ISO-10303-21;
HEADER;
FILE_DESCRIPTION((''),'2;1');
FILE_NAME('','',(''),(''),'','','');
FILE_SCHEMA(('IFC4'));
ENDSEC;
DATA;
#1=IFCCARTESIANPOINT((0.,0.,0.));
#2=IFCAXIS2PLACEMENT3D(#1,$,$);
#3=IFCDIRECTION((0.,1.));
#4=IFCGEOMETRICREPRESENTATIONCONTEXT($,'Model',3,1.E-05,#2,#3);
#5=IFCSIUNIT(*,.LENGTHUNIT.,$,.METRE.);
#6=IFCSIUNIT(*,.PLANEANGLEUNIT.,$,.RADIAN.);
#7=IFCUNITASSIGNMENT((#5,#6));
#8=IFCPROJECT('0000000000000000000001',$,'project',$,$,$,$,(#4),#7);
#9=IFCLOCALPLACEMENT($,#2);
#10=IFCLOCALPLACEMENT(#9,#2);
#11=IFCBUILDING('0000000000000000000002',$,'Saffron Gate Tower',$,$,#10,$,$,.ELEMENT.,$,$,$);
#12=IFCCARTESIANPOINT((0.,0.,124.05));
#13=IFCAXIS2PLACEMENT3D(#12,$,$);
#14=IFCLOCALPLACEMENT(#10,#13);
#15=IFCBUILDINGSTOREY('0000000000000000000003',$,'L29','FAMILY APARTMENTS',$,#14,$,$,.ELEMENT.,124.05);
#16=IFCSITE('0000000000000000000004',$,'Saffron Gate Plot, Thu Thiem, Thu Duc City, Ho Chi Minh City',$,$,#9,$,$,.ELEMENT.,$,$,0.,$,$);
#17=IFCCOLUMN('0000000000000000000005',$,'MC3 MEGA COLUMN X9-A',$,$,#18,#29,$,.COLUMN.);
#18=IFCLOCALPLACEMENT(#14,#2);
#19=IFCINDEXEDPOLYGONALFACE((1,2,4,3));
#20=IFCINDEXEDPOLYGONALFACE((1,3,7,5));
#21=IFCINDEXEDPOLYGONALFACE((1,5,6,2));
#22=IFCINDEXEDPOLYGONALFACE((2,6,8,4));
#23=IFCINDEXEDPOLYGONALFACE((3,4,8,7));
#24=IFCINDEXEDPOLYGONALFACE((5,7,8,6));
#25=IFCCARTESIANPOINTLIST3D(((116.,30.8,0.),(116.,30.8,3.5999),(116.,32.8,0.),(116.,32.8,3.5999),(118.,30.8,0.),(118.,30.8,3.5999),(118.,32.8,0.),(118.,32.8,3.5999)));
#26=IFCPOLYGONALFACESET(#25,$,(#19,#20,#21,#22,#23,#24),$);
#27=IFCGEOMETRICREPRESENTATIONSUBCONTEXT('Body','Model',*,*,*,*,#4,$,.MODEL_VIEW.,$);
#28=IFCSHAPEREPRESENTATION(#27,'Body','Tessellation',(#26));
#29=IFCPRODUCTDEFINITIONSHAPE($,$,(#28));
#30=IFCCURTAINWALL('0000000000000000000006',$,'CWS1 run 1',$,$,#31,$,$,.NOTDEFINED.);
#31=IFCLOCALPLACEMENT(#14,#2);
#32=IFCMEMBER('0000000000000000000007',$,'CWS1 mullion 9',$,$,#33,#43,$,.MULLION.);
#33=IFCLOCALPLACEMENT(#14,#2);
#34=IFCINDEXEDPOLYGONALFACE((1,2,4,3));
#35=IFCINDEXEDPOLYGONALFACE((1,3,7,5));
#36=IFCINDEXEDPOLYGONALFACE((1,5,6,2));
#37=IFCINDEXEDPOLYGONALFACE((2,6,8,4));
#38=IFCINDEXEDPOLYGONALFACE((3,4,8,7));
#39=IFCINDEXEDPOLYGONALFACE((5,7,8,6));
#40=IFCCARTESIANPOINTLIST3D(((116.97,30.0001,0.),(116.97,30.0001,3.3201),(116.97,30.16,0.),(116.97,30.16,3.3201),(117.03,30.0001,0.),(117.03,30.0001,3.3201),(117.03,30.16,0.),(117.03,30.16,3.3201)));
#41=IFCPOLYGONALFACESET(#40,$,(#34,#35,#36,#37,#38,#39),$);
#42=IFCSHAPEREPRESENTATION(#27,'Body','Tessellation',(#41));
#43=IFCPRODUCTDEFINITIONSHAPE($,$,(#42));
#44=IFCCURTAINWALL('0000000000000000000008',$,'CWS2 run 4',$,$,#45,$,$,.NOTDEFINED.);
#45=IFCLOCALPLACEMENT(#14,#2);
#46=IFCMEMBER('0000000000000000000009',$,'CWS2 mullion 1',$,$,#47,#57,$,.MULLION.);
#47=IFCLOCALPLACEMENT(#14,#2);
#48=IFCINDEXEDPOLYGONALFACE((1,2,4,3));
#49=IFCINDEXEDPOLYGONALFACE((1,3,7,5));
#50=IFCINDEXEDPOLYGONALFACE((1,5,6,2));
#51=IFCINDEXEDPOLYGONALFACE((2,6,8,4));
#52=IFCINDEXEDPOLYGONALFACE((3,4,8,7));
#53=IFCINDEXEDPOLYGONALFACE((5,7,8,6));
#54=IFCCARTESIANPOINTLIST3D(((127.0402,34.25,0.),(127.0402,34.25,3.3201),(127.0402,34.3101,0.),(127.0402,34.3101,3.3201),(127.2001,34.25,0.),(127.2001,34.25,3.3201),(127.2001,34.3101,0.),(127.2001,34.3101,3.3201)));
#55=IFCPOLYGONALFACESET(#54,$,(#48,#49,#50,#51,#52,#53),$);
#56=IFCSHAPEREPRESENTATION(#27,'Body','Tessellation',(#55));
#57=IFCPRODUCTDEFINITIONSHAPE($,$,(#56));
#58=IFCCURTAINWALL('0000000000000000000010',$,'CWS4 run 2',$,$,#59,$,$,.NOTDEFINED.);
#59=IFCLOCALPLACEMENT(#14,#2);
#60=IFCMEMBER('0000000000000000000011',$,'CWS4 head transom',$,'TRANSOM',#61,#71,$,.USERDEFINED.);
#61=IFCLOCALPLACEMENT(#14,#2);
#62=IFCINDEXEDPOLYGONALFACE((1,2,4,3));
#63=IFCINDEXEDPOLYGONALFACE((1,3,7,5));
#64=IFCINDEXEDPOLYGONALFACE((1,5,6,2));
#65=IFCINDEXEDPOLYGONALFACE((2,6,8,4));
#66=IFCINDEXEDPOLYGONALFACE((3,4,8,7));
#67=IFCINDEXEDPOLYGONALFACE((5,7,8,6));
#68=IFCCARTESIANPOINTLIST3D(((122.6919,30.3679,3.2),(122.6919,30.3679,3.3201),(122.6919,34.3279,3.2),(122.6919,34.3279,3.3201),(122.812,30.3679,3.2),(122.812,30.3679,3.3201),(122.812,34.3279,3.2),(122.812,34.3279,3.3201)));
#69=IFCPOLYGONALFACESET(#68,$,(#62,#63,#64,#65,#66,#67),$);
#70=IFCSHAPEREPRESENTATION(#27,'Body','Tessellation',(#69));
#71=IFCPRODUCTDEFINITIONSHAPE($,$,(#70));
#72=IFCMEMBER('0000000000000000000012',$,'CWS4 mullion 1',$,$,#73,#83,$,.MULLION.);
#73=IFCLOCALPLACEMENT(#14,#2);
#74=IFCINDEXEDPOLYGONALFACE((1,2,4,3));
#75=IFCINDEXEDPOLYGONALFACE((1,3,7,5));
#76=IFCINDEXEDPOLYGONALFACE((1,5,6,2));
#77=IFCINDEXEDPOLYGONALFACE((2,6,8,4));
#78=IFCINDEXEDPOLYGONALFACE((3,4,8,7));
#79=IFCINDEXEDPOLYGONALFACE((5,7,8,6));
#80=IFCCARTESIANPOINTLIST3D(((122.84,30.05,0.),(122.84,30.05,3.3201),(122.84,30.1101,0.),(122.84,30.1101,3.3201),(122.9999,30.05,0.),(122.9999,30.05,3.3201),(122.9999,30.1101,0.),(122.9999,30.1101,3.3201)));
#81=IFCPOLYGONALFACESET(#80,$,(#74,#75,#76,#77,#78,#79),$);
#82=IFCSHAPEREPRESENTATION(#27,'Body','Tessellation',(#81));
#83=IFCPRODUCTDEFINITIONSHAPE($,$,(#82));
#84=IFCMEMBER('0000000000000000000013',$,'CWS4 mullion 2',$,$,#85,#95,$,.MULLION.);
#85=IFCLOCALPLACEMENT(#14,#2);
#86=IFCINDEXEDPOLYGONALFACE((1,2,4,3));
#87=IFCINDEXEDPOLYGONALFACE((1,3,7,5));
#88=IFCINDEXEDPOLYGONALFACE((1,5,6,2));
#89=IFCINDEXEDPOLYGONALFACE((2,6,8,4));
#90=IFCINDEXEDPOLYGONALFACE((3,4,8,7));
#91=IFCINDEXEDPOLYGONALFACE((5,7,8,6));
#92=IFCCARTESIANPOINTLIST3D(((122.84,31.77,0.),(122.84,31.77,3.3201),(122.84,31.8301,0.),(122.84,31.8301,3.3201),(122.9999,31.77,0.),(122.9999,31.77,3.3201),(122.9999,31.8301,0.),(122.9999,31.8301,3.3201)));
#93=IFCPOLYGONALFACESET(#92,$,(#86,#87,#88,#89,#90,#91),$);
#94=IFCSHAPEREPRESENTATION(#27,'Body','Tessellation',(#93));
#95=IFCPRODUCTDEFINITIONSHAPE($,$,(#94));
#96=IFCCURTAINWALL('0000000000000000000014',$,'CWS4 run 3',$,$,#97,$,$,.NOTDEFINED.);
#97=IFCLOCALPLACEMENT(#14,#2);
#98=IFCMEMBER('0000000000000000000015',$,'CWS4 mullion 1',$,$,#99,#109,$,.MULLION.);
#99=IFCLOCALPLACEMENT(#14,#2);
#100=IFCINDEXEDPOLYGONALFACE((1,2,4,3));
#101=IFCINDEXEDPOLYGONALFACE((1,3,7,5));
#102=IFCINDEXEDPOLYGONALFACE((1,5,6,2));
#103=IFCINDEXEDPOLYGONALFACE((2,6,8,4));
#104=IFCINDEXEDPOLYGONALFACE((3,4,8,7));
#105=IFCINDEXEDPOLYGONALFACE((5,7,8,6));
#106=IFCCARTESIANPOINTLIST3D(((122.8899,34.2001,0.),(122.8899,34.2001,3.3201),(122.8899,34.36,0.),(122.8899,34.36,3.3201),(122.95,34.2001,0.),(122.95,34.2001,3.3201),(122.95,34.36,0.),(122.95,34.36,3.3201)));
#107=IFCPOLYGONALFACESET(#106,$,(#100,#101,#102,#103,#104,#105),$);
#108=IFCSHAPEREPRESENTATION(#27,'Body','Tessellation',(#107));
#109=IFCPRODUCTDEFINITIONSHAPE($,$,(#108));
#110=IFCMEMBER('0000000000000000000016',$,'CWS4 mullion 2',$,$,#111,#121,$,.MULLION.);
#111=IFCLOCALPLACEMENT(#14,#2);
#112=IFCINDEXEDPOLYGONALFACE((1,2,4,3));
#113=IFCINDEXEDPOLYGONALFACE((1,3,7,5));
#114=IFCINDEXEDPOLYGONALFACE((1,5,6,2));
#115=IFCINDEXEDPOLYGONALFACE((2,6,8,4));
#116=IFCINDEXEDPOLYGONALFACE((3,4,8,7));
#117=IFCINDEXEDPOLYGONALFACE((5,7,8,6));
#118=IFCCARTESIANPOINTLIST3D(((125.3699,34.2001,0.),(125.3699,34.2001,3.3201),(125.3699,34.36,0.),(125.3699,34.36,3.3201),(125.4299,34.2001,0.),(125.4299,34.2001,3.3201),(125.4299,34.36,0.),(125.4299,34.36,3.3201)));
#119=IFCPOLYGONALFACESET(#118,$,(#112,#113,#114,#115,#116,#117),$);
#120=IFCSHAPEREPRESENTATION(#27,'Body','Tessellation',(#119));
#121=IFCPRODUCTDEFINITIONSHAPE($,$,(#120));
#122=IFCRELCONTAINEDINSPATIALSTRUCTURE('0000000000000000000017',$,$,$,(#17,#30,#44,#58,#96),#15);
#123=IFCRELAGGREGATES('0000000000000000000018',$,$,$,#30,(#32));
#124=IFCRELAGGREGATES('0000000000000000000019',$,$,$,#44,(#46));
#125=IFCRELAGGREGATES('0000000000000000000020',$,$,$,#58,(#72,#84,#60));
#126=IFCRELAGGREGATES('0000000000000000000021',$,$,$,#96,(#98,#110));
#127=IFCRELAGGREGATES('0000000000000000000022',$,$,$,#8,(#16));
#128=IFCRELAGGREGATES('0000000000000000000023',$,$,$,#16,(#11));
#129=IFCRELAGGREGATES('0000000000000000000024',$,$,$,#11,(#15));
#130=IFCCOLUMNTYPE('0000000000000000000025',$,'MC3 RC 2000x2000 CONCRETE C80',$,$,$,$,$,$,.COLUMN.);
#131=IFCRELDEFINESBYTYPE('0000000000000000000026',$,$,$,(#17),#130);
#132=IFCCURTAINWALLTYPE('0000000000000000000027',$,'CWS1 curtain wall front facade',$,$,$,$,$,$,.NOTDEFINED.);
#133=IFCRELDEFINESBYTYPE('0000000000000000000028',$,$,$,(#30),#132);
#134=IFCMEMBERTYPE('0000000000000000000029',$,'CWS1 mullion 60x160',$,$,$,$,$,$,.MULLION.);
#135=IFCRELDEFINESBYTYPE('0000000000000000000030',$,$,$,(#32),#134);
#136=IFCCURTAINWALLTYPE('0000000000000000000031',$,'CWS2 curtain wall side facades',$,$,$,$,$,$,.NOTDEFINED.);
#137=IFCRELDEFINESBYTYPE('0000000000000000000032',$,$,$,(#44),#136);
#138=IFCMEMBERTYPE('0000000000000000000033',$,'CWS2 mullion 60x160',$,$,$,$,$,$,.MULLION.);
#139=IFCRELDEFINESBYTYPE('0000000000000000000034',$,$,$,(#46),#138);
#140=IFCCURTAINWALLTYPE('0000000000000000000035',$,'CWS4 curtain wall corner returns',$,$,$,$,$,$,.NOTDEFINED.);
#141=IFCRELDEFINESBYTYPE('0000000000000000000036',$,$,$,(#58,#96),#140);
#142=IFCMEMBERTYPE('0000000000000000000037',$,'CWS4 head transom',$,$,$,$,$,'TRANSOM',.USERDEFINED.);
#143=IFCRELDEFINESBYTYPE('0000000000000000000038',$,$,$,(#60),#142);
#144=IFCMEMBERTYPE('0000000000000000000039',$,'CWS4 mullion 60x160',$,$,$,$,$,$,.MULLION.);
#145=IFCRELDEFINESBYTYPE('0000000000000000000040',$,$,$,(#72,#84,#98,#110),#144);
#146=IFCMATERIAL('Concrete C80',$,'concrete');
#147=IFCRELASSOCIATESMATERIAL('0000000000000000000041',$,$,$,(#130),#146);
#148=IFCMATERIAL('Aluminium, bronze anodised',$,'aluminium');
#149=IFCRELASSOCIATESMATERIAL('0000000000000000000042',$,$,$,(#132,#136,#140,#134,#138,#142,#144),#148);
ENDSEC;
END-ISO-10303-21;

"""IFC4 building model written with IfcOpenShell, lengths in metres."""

from ifc_helpers import new_model, si_unit, direction, frame, origin, origin_2d, place, context, subcontext, project, spatial, rectangle, extrude, material, material_profile, profile_set, type_object, element, aggregate, save


model = new_model("IFC4")

# Units and contexts
model_context = context("Model", 3, precision=1e-05, world=origin(), true_north=direction((0.0, 1.0)))
body_context = subcontext(model_context, "Body", "Model", "MODEL_VIEW")
ifc_project = project(units=[si_unit("LENGTHUNIT", "METRE"), si_unit("PLANEANGLEUNIT", "RADIAN")], contexts=[model_context])

# Site, building, storey
site_placement = place(None, origin())
site = spatial("IfcSite", under=ifc_project, at=site_placement, Name="Saffron Gate Plot, Thu Thiem, Thu Duc City, Ho Chi Minh City", CompositionType="ELEMENT", RefElevation=0.0)
building_placement = place(site_placement, origin())
building = spatial("IfcBuilding", under=site, at=building_placement, Name="Saffron Gate Tower", CompositionType="ELEMENT")
storey_placement = place(building_placement, frame((0.0, 0.0, 124.05)))
storey = spatial("IfcBuildingStorey", under=building, at=storey_placement, Name="L29", Description="FAMILY APARTMENTS", CompositionType="ELEMENT", Elevation=124.05)

# Column
ifc_material_1 = material(Name="Concrete C80", Category="concrete")
ifc_material_profile_1 = material_profile(ifc_material_1, rectangle(XDim=2.0, YDim=2.0, at=origin_2d()))
ifc_profile_set_1 = profile_set([ifc_material_profile_1], Name="Concrete C80")
column_type = type_object("IfcColumnType", Name="MC3 RC 2000x2000 CONCRETE C80", PredefinedType="COLUMN", material=ifc_profile_set_1)
column_placement = place(storey_placement, frame((117.0, 31.8, 0.0), z_axis=(0.0, 0.0, 1.0), x_axis=(1.0, 0.0, 0.0)))
element("IfcColumn", 1, at=column_placement, inside=storey, type_object=column_type, Name="MC3 MEGA COLUMN X9-A", PredefinedType="COLUMN", context=body_context, shape_type="SweptSolid", body=[
    extrude(rectangle(XDim=2.0, YDim=2.0, at=origin_2d()), origin(), (0.0, 0.0, 1.0), 3.5999),
])

# Curtain walls, members
ifc_material_2 = material(Name="Aluminium, bronze anodised", Category="aluminium")
curtain_wall_type_1 = type_object("IfcCurtainWallType", Name="CWS1 curtain wall front facade", PredefinedType="NOTDEFINED", material=ifc_material_2)
curtain_wall_1_placement = place(storey_placement, origin())
curtain_wall_1 = element("IfcCurtainWall", 2, at=curtain_wall_1_placement, inside=storey, type_object=curtain_wall_type_1, Name="CWS1 run 1", PredefinedType="NOTDEFINED")
ifc_material_profile_2 = material_profile(ifc_material_2, rectangle(XDim=0.1599, YDim=0.0601, at=origin_2d()))
ifc_profile_set_2 = profile_set([ifc_material_profile_2], Name="Aluminium, bronze anodised")
member_type_1 = type_object("IfcMemberType", Name="CWS1 mullion 60x160", PredefinedType="MULLION", material=ifc_profile_set_2)
member_1_placement = place(storey_placement, frame((117.0, 30.0801, 0.0), z_axis=(0.0, 0.0, 1.0), x_axis=(0.0, 1.0, 0.0)))
member_1 = element("IfcMember", 3, at=member_1_placement, type_object=member_type_1, Name="CWS1 mullion 9", PredefinedType="MULLION", context=body_context, shape_type="SweptSolid", body=[
    extrude(rectangle(XDim=0.1599, YDim=0.0601, at=origin_2d()), origin(), (0.0, 0.0, 1.0), 3.3201),
])
aggregate(curtain_wall_1, [member_1])
curtain_wall_type_2 = type_object("IfcCurtainWallType", Name="CWS2 curtain wall side facades", PredefinedType="NOTDEFINED", material=ifc_material_2)
curtain_wall_2_placement = place(storey_placement, origin())
curtain_wall_2 = element("IfcCurtainWall", 4, at=curtain_wall_2_placement, inside=storey, type_object=curtain_wall_type_2, Name="CWS2 run 4", PredefinedType="NOTDEFINED")
ifc_material_profile_3 = material_profile(ifc_material_2, rectangle(XDim=0.1599, YDim=0.0601, at=origin_2d()))
ifc_profile_set_3 = profile_set([ifc_material_profile_3], Name="Aluminium, bronze anodised")
member_type_2 = type_object("IfcMemberType", Name="CWS2 mullion 60x160", PredefinedType="MULLION", material=ifc_profile_set_3)
member_2_placement = place(storey_placement, frame((127.1201, 34.28, 0.0), z_axis=(0.0, 0.0, 1.0), x_axis=(-1.0, 0.0, 0.0)))
member_2 = element("IfcMember", 5, at=member_2_placement, type_object=member_type_2, Name="CWS2 mullion 1", PredefinedType="MULLION", context=body_context, shape_type="SweptSolid", body=[
    extrude(rectangle(XDim=0.1599, YDim=0.0601, at=origin_2d()), origin(), (0.0, 0.0, 1.0), 3.3201),
])

# Curtain walls, members
curtain_wall_type_3 = type_object("IfcCurtainWallType", Name="CWS4 curtain wall corner returns", PredefinedType="NOTDEFINED", material=ifc_material_2)
curtain_wall_3_placement = place(storey_placement, origin())
curtain_wall_3 = element("IfcCurtainWall", 6, at=curtain_wall_3_placement, inside=storey, type_object=curtain_wall_type_3, Name="CWS4 run 2", PredefinedType="NOTDEFINED")
ifc_material_profile_4 = material_profile(ifc_material_2, rectangle(XDim=0.1201, YDim=0.1201, at=origin_2d()))
ifc_profile_set_4 = profile_set([ifc_material_profile_4], Name="Aluminium, bronze anodised")
member_type_3 = type_object("IfcMemberType", Name="CWS4 head transom", ElementType="TRANSOM", PredefinedType="USERDEFINED", material=ifc_profile_set_4)
member_3_placement = place(storey_placement, frame((122.752, 30.3679, 3.26), z_axis=(0.0, 1.0, 0.0), x_axis=(-1.0, 0.0, 0.0)))
member_3 = element("IfcMember", 7, at=member_3_placement, type_object=member_type_3, Name="CWS4 head transom", ObjectType="TRANSOM", PredefinedType="USERDEFINED", context=body_context, shape_type="SweptSolid", body=[
    extrude(rectangle(XDim=0.1201, YDim=0.1201, at=origin_2d()), origin(), (0.0, 0.0, 1.0), 3.96),
])
ifc_material_profile_5 = material_profile(ifc_material_2, rectangle(XDim=0.1599, YDim=0.0601, at=origin_2d()))
ifc_profile_set_5 = profile_set([ifc_material_profile_5], Name="Aluminium, bronze anodised")
member_type_4 = type_object("IfcMemberType", Name="CWS4 mullion 60x160", PredefinedType="MULLION", material=ifc_profile_set_5)
member_4_placement = place(storey_placement, frame((122.9199, 30.0801, 0.0), z_axis=(0.0, 0.0, 1.0), x_axis=(-1.0, 0.0, 0.0)))
member_4 = element("IfcMember", 8, at=member_4_placement, type_object=member_type_4, Name="CWS4 mullion 1", PredefinedType="MULLION", context=body_context, shape_type="SweptSolid", body=[
    extrude(rectangle(XDim=0.1599, YDim=0.0601, at=origin_2d()), origin(), (0.0, 0.0, 1.0), 3.3201),
])
member_5_placement = place(storey_placement, frame((122.9199, 31.8, 0.0), z_axis=(0.0, 0.0, 1.0), x_axis=(-1.0, 0.0, 0.0)))
member_5 = element("IfcMember", 9, at=member_5_placement, type_object=member_type_4, Name="CWS4 mullion 2", PredefinedType="MULLION", context=body_context, shape_type="SweptSolid", body=[
    extrude(rectangle(XDim=0.1599, YDim=0.0601, at=origin_2d()), origin(), (0.0, 0.0, 1.0), 3.3201),
])
curtain_wall_4_placement = place(storey_placement, origin())
curtain_wall_4 = element("IfcCurtainWall", 10, at=curtain_wall_4_placement, inside=storey, type_object=curtain_wall_type_3, Name="CWS4 run 3", PredefinedType="NOTDEFINED")
member_6_placement = place(storey_placement, frame((122.9199, 34.28, 0.0), z_axis=(0.0, 0.0, 1.0), x_axis=(0.0, 1.0, 0.0)))
member_6 = element("IfcMember", 11, at=member_6_placement, type_object=member_type_4, Name="CWS4 mullion 1", PredefinedType="MULLION", context=body_context, shape_type="SweptSolid", body=[
    extrude(rectangle(XDim=0.1599, YDim=0.0601, at=origin_2d()), origin(), (0.0, 0.0, 1.0), 3.3201),
])
member_7_placement = place(storey_placement, frame((125.3999, 34.28, 0.0), z_axis=(0.0, 0.0, 1.0), x_axis=(0.0, 1.0, 0.0)))
member_7 = element("IfcMember", 12, at=member_7_placement, type_object=member_type_4, Name="CWS4 mullion 2", PredefinedType="MULLION", context=body_context, shape_type="SweptSolid", body=[
    extrude(rectangle(XDim=0.1599, YDim=0.0601, at=origin_2d()), origin(), (0.0, 0.0, 1.0), 3.3201),
])

aggregate(curtain_wall_2, [member_2])

aggregate(curtain_wall_3, [member_4, member_5, member_3])
aggregate(curtain_wall_4, [member_6, member_7])

save(model, "model.ifc")
